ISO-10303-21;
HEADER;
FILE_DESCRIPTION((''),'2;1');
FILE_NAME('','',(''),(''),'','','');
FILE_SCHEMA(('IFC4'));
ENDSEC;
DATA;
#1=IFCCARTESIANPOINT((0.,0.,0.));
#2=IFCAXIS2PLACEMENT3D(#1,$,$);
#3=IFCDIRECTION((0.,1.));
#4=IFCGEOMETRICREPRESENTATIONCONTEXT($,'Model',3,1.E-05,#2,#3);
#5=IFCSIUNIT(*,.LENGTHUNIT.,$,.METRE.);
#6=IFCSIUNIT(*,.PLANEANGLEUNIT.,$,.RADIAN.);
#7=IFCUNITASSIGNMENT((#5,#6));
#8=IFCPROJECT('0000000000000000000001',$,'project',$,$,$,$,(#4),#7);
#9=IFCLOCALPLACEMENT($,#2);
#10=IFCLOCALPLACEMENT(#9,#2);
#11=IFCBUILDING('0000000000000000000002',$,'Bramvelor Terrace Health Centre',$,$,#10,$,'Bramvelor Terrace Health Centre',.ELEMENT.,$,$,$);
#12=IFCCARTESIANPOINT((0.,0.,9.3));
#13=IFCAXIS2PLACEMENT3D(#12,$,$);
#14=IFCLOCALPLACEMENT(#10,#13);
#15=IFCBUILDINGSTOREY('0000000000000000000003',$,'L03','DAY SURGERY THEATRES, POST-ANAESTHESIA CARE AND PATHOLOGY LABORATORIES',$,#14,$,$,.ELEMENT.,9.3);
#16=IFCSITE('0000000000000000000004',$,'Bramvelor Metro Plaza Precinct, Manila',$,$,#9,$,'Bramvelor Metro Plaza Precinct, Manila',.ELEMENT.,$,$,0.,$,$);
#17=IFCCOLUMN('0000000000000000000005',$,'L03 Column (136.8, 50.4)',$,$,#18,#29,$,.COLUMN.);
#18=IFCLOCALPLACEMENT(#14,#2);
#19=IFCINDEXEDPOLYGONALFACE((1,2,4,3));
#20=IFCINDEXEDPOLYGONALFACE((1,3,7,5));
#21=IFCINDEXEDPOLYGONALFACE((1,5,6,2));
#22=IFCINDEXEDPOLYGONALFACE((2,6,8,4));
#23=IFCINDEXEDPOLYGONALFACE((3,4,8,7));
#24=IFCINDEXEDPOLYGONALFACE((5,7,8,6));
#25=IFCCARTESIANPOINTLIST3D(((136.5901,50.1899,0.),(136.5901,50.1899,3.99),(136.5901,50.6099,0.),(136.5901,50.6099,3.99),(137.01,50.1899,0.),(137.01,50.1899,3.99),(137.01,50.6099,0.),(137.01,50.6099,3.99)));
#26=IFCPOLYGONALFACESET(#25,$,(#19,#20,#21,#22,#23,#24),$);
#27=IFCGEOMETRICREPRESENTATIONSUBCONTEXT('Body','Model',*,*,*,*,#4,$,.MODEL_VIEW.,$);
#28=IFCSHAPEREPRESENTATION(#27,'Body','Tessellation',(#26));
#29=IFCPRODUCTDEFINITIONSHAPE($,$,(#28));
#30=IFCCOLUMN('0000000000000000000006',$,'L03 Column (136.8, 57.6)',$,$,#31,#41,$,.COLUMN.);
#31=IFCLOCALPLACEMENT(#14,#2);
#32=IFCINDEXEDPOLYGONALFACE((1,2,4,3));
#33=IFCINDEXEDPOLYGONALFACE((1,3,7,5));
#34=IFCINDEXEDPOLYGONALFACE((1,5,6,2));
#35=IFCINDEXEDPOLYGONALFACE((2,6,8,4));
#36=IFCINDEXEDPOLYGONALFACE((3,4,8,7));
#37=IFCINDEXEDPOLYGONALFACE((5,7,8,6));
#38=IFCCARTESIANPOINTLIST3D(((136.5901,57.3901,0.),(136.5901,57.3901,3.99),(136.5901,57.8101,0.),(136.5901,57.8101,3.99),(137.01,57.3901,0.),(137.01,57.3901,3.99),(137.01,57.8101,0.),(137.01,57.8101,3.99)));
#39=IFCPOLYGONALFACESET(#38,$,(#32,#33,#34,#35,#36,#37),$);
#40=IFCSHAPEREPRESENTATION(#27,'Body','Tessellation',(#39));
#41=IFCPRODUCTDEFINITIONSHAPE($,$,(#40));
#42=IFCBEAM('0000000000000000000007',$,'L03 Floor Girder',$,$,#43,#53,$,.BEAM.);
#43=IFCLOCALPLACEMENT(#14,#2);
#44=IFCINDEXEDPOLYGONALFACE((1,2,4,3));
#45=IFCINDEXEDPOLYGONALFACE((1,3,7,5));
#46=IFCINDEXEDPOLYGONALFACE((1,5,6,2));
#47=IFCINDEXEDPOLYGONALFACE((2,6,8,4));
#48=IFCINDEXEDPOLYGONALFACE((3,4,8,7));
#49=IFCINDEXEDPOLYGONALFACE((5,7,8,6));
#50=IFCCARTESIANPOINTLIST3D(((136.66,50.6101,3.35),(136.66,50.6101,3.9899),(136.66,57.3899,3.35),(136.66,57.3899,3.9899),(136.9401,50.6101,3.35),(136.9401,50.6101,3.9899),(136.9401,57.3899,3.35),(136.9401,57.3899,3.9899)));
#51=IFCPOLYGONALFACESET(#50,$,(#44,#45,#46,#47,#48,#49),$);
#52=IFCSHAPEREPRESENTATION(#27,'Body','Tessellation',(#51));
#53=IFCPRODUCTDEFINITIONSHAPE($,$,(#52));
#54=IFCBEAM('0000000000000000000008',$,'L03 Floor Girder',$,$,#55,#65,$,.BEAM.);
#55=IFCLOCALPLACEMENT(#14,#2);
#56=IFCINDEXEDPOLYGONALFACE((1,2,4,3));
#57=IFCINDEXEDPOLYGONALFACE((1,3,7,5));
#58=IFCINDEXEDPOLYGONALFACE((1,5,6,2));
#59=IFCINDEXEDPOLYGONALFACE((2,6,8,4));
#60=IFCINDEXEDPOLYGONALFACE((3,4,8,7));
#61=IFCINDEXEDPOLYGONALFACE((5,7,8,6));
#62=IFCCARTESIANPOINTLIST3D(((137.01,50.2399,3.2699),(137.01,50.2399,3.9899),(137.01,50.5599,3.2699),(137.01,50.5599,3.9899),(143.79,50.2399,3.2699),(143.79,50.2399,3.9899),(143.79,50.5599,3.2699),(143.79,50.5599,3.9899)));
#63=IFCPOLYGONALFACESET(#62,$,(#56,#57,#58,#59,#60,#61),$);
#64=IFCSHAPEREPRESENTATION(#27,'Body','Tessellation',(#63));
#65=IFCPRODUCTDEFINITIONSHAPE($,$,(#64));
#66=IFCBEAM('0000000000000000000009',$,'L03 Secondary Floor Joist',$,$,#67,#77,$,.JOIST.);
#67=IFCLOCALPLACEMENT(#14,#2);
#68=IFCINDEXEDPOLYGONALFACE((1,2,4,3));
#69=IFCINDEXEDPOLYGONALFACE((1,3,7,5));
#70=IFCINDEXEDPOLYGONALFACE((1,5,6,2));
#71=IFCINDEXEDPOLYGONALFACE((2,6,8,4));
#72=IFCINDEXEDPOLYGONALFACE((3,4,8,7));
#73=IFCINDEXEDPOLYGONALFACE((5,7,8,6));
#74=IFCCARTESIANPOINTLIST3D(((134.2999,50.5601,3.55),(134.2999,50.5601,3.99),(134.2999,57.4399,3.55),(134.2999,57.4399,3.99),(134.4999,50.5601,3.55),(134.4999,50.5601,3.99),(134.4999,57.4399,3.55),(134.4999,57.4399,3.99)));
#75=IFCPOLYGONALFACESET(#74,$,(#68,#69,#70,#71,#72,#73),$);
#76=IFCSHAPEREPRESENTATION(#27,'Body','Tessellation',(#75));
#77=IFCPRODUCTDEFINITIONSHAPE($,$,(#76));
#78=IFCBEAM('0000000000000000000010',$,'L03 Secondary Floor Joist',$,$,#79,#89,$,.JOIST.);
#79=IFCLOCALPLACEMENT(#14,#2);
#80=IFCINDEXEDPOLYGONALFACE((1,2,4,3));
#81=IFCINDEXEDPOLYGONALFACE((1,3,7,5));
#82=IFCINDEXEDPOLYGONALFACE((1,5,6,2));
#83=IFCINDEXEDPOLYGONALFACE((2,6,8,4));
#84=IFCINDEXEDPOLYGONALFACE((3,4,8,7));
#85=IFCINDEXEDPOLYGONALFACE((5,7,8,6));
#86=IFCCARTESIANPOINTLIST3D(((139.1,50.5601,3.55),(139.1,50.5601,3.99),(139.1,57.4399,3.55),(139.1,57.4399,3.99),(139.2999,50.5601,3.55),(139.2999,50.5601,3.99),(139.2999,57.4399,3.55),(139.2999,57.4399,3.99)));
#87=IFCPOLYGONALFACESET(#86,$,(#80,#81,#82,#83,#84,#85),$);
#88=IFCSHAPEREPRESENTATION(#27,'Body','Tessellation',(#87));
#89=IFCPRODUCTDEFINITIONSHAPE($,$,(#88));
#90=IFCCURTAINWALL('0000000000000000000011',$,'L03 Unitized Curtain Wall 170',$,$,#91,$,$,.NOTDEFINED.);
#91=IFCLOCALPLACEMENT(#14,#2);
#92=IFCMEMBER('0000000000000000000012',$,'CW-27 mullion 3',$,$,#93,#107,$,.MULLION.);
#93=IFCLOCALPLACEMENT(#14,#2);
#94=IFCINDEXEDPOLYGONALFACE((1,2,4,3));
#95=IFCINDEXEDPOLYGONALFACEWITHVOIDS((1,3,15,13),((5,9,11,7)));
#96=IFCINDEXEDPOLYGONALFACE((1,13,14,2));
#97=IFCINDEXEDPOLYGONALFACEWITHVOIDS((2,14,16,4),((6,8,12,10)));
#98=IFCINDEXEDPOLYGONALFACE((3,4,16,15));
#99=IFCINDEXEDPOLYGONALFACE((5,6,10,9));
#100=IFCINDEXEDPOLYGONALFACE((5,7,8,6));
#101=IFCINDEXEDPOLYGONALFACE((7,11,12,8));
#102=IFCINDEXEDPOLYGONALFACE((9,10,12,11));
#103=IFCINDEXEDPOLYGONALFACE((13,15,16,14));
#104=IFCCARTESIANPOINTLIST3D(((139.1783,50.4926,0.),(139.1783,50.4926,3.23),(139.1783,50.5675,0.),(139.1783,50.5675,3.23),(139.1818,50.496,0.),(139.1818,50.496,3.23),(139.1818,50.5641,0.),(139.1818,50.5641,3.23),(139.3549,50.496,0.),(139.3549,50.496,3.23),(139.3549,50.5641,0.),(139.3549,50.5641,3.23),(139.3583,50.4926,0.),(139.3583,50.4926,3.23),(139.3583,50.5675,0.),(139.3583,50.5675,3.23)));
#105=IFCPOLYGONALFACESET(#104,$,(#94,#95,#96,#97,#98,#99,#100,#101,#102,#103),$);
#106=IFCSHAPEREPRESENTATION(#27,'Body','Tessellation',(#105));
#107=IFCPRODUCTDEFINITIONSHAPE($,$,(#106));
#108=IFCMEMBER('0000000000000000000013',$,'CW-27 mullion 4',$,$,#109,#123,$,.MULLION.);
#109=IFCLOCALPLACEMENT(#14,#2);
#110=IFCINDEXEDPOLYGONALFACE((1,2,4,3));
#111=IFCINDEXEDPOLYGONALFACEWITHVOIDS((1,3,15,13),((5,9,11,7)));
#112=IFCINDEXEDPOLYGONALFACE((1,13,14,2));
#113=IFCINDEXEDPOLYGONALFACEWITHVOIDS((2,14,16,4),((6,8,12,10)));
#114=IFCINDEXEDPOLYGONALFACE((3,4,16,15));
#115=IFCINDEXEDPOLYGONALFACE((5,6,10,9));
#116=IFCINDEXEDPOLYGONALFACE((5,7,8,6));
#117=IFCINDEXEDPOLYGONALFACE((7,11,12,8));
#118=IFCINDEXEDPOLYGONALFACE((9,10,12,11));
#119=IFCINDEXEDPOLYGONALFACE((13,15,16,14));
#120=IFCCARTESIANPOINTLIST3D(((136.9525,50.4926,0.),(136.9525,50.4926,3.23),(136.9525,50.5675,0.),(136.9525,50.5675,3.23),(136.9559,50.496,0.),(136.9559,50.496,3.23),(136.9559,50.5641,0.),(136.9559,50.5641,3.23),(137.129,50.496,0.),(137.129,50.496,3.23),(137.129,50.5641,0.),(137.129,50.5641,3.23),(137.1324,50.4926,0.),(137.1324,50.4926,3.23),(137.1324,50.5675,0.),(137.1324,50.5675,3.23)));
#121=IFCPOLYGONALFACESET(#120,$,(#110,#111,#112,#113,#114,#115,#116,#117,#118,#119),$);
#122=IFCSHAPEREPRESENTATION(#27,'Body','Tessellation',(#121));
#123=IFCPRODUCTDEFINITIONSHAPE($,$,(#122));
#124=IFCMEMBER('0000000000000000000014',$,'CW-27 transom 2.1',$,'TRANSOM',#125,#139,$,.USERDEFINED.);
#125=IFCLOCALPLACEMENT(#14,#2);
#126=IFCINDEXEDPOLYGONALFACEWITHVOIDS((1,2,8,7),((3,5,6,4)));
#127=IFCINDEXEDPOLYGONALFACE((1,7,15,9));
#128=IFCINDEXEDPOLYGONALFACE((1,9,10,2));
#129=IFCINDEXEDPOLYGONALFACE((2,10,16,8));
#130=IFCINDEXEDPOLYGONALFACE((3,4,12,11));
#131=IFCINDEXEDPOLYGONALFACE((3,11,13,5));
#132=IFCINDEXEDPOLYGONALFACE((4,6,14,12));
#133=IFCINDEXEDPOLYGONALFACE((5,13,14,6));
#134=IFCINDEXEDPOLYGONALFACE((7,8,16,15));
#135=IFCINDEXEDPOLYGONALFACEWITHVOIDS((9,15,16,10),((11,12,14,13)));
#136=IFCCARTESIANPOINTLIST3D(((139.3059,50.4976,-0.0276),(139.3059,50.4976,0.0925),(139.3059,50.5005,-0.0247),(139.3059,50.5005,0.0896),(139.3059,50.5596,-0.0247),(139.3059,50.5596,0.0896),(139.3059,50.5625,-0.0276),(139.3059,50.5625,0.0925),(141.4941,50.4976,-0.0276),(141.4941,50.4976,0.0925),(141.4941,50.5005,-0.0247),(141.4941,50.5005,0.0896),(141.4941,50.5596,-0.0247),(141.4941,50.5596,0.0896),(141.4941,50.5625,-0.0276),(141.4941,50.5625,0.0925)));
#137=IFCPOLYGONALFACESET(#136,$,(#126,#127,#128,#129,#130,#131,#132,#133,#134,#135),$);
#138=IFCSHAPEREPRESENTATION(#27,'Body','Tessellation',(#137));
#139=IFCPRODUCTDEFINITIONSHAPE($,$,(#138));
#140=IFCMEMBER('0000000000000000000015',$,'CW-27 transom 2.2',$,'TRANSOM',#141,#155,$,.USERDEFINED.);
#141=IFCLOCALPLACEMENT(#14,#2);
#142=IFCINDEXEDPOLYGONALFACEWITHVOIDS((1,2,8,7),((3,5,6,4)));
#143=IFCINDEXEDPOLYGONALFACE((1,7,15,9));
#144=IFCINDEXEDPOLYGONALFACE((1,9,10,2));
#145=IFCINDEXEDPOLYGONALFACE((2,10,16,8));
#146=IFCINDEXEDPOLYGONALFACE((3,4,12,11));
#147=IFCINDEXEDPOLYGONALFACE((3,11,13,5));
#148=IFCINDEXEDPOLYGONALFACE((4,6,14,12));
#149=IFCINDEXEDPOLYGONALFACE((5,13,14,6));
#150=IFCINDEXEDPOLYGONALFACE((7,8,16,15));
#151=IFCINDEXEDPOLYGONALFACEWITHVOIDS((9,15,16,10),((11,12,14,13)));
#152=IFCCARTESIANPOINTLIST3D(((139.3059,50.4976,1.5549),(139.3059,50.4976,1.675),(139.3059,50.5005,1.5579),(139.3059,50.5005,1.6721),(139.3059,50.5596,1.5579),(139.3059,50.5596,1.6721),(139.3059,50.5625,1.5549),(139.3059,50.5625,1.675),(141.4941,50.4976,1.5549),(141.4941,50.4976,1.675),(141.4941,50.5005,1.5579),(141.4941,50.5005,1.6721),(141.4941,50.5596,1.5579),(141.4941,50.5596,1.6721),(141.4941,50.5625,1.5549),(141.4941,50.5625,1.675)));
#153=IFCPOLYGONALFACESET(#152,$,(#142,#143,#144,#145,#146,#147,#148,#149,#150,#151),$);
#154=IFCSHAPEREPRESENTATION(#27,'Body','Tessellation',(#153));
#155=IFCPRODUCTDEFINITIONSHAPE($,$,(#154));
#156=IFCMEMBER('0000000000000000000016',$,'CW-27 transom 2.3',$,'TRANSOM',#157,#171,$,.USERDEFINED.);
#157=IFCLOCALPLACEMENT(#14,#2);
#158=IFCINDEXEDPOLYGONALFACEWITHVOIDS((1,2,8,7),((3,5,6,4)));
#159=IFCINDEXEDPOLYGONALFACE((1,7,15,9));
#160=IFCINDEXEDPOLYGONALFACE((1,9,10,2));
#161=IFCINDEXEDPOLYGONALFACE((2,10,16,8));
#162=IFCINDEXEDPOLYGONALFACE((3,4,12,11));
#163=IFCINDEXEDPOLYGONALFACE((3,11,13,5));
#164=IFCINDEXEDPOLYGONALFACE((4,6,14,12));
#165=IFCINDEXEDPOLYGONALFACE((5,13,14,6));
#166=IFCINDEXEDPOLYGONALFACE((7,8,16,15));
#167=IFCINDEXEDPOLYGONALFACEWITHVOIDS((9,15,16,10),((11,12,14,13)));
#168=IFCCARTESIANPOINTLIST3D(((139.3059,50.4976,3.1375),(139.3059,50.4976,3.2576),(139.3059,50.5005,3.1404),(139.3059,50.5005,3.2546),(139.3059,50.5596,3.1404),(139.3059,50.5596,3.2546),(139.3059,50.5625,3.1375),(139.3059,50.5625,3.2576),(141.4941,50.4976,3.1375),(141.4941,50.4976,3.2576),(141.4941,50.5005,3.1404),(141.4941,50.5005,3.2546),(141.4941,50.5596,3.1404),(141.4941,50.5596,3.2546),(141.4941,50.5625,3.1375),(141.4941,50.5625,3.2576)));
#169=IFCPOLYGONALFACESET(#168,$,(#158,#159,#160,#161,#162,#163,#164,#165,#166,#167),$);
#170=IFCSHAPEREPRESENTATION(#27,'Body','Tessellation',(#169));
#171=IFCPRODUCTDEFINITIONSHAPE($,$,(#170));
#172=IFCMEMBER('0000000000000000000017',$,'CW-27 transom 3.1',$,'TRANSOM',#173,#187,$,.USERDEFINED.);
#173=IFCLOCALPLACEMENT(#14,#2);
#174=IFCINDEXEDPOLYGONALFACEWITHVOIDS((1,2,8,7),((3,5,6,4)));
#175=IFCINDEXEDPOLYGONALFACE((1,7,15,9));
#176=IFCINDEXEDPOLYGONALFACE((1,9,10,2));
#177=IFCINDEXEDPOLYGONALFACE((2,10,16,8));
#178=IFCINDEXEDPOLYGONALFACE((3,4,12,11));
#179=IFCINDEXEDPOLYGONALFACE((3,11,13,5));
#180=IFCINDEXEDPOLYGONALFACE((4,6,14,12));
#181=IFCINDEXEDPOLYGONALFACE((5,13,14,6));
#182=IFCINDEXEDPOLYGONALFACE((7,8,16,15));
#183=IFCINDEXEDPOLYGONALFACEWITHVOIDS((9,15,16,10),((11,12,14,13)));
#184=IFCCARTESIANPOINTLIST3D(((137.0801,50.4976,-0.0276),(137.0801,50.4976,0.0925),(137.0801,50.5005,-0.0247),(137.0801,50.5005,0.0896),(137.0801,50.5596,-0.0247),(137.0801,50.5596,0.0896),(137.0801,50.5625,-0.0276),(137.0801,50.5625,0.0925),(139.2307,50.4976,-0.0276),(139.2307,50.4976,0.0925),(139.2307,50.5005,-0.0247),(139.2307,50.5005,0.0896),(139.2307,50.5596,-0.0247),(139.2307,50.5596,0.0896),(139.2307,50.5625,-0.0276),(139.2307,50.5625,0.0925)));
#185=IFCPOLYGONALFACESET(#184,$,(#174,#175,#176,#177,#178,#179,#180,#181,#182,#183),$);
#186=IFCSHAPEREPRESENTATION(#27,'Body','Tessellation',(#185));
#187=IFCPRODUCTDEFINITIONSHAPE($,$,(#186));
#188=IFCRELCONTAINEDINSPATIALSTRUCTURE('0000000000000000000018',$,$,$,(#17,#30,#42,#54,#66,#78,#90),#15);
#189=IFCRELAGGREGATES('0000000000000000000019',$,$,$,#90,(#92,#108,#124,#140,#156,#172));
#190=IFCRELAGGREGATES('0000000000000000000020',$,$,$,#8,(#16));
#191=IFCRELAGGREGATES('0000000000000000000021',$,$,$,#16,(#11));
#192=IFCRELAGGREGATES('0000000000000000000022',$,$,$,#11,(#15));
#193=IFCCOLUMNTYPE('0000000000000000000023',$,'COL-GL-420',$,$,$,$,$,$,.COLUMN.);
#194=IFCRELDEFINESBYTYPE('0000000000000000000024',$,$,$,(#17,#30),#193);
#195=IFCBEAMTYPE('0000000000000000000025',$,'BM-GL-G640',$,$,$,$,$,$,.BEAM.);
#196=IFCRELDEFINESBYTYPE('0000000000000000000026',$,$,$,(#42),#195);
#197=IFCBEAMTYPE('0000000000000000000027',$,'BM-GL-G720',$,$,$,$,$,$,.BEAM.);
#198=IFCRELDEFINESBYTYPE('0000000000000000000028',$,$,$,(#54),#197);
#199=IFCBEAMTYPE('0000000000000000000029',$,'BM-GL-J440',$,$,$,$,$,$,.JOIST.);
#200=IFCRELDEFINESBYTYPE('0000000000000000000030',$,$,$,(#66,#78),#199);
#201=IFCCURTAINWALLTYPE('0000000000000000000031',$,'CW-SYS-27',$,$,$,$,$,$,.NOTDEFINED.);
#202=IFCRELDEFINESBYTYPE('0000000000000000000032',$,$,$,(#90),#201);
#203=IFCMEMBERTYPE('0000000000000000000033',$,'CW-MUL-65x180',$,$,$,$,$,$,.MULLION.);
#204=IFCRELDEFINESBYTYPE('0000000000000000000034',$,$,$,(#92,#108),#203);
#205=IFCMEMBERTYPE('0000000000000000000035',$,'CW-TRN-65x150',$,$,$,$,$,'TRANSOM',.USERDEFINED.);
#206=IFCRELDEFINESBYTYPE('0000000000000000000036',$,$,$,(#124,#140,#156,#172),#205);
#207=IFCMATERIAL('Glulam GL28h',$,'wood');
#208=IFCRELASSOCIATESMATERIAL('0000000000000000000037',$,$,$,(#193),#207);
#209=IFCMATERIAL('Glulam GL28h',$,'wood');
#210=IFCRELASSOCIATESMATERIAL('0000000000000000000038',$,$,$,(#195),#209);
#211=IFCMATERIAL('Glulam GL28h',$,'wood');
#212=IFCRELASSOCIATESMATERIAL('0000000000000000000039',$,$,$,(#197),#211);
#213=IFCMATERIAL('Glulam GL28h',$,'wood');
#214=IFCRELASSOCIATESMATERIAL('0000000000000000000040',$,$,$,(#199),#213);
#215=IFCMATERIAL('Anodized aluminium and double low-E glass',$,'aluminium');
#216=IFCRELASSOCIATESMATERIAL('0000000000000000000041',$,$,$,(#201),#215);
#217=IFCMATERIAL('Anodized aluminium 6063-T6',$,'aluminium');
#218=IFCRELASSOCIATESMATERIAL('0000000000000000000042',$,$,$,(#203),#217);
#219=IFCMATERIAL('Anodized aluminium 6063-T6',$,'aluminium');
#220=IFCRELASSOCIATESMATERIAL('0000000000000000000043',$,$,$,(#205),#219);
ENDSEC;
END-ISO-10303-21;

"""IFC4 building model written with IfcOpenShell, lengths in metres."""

from ifc_helpers import new_model, si_unit, direction, frame, origin, origin_2d, place, context, subcontext, project, spatial, rectangle, hollow_rectangle, extrude, material, material_profile, profile_set, type_object, element, aggregate, save


model = new_model("IFC4")

# Units and contexts
model_context = context("Model", 3, precision=1e-05, world=origin(), true_north=direction((0.0, 1.0)))
body_context = subcontext(model_context, "Body", "Model", "MODEL_VIEW")
ifc_project = project(units=[si_unit("LENGTHUNIT", "METRE"), si_unit("PLANEANGLEUNIT", "RADIAN")], contexts=[model_context])

# Site, building, storey
site_placement = place(None, origin())
site = spatial("IfcSite", under=ifc_project, at=site_placement, Name="Bramvelor Metro Plaza Precinct, Manila", LongName="Bramvelor Metro Plaza Precinct, Manila", CompositionType="ELEMENT", RefElevation=0.0)
building_placement = place(site_placement, origin())
building = spatial("IfcBuilding", under=site, at=building_placement, Name="Bramvelor Terrace Health Centre", LongName="Bramvelor Terrace Health Centre", CompositionType="ELEMENT")
storey_placement = place(building_placement, frame((0.0, 0.0, 9.3)))
storey = spatial("IfcBuildingStorey", under=building, at=storey_placement, Name="L03", Description="DAY SURGERY THEATRES, POST-ANAESTHESIA CARE AND PATHOLOGY LABORATORIES", CompositionType="ELEMENT", Elevation=9.3)

# Columns
ifc_material_1 = material(Name="Glulam GL28h", Category="wood")
ifc_material_profile_1 = material_profile(ifc_material_1, rectangle(XDim=0.4199, YDim=0.4199, at=origin_2d()), Name="GL 420x420")
ifc_profile_set_1 = profile_set([ifc_material_profile_1], Name="Glulam GL28h")
column_type = type_object("IfcColumnType", Name="COL-GL-420", PredefinedType="COLUMN", material=ifc_profile_set_1)
for number, where, z_axis, x_axis, name in (
    (1, (136.8, 50.3999, 0.0), (0.0, 0.0, 1.0), (1.0, 0.0, 0.0), "L03 Column (136.8, 50.4)"),
    (2, (136.8, 57.6001, 0.0), (0.0, 0.0, 1.0), (1.0, 0.0, 0.0), "L03 Column (136.8, 57.6)"),
):
    element("IfcColumn", number, at=place(storey_placement, frame(where, z_axis=z_axis, x_axis=x_axis)), inside=storey, type_object=column_type, Name=name, PredefinedType="COLUMN", context=body_context, shape_type="SweptSolid", body=[
        extrude(rectangle(XDim=0.4199, YDim=0.4199, at=origin_2d()), origin(), (0.0, 0.0, 1.0), 3.99),
    ])

# Beams
ifc_material_2 = material(Name="Glulam GL28h", Category="wood")
ifc_material_profile_2 = material_profile(ifc_material_2, rectangle(XDim=0.28, YDim=0.6399, at=origin_2d()), Name="GL 280x640")
ifc_profile_set_2 = profile_set([ifc_material_profile_2], Name="Glulam GL28h")
beam_type_1 = type_object("IfcBeamType", Name="BM-GL-G640", PredefinedType="BEAM", material=ifc_profile_set_2)
beam_1_placement = place(storey_placement, frame((136.8, 50.6101, 3.6699), z_axis=(0.0, 1.0, 0.0), x_axis=(-1.0, 0.0, 0.0)))
element("IfcBeam", 3, at=beam_1_placement, inside=storey, type_object=beam_type_1, Name="L03 Floor Girder", PredefinedType="BEAM", context=body_context, shape_type="SweptSolid", body=[
    extrude(rectangle(XDim=0.28, YDim=0.6399, at=origin_2d()), origin(), (0.0, 0.0, 1.0), 6.7798),
])
ifc_material_3 = material(Name="Glulam GL28h", Category="wood")
ifc_material_profile_3 = material_profile(ifc_material_3, rectangle(XDim=0.3201, YDim=0.72, at=origin_2d()), Name="GL 320x720")
ifc_profile_set_3 = profile_set([ifc_material_profile_3], Name="Glulam GL28h")
beam_type_2 = type_object("IfcBeamType", Name="BM-GL-G720", PredefinedType="BEAM", material=ifc_profile_set_3)
beam_2_placement = place(storey_placement, frame((137.01, 50.3999, 3.6299), z_axis=(1.0, 0.0, 0.0), x_axis=(0.0, 1.0, 0.0)))
element("IfcBeam", 4, at=beam_2_placement, inside=storey, type_object=beam_type_2, Name="L03 Floor Girder", PredefinedType="BEAM", context=body_context, shape_type="SweptSolid", body=[
    extrude(rectangle(XDim=0.3201, YDim=0.72, at=origin_2d()), origin(), (0.0, 0.0, 1.0), 6.78),
])
ifc_material_4 = material(Name="Glulam GL28h", Category="wood")
ifc_material_profile_4 = material_profile(ifc_material_4, rectangle(XDim=0.2, YDim=0.4399, at=origin_2d()), Name="GL 200x440")
ifc_profile_set_4 = profile_set([ifc_material_profile_4], Name="Glulam GL28h")
beam_type_3 = type_object("IfcBeamType", Name="BM-GL-J440", PredefinedType="JOIST", material=ifc_profile_set_4)
for number, where, z_axis, x_axis, name in (
    (5, (134.3999, 50.5601, 3.77), (0.0, 1.0, 0.0), (-1.0, 0.0, 0.0), "L03 Secondary Floor Joist"),
    (6, (139.2, 50.5601, 3.77), (0.0, 1.0, 0.0), (-1.0, 0.0, 0.0), "L03 Secondary Floor Joist"),
):
    element("IfcBeam", number, at=place(storey_placement, frame(where, z_axis=z_axis, x_axis=x_axis)), inside=storey, type_object=beam_type_3, Name=name, PredefinedType="JOIST", context=body_context, shape_type="SweptSolid", body=[
        extrude(rectangle(XDim=0.2, YDim=0.4399, at=origin_2d()), origin(), (0.0, 0.0, 1.0), 6.8799),
    ])

# Curtain wall, members
ifc_material_5 = material(Name="Anodized aluminium and double low-E glass", Category="aluminium")
curtain_wall_type = type_object("IfcCurtainWallType", Name="CW-SYS-27", PredefinedType="NOTDEFINED", material=ifc_material_5)
curtain_wall_placement = place(storey_placement, origin())
curtain_wall = element("IfcCurtainWall", 7, at=curtain_wall_placement, inside=storey, type_object=curtain_wall_type, Name="L03 Unitized Curtain Wall 170", PredefinedType="NOTDEFINED")
ifc_material_6 = material(Name="Anodized aluminium 6063-T6", Category="aluminium")
ifc_material_profile_5 = material_profile(ifc_material_6, hollow_rectangle(XDim=0.075, YDim=0.1799, WallThickness=0.0034, at=origin_2d()), Name="ALU-MUL 75x180x3.5")
ifc_profile_set_5 = profile_set([ifc_material_profile_5], Name="Anodized aluminium 6063-T6")
member_type_1 = type_object("IfcMemberType", Name="CW-MUL-65x180", PredefinedType="MULLION", material=ifc_profile_set_5)
member_1_placement = place(storey_placement, frame((139.2683, 50.53, 0.0), z_axis=(0.0, 0.0, 1.0), x_axis=(0.0, -1.0, 0.0)))
member_1 = element("IfcMember", 8, at=member_1_placement, type_object=member_type_1, Name="CW-27 mullion 3", PredefinedType="MULLION", context=body_context, shape_type="SweptSolid", body=[
    extrude(hollow_rectangle(XDim=0.075, YDim=0.1799, WallThickness=0.0034, at=origin_2d()), origin(), (0.0, 0.0, 1.0), 3.23),
])
member_2_placement = place(storey_placement, frame((137.0425, 50.53, 0.0), z_axis=(0.0, 0.0, 1.0), x_axis=(0.0, -1.0, 0.0)))
member_2 = element("IfcMember", 9, at=member_2_placement, type_object=member_type_1, Name="CW-27 mullion 4", PredefinedType="MULLION", context=body_context, shape_type="SweptSolid", body=[
    extrude(hollow_rectangle(XDim=0.075, YDim=0.1799, WallThickness=0.0034, at=origin_2d()), origin(), (0.0, 0.0, 1.0), 3.23),
])
ifc_material_7 = material(Name="Anodized aluminium 6063-T6", Category="aluminium")
ifc_material_profile_6 = material_profile(ifc_material_7, hollow_rectangle(XDim=0.0649, YDim=0.1201, WallThickness=0.0029, at=origin_2d()), Name="ALU-TRN 65x120x3.0")
ifc_profile_set_6 = profile_set([ifc_material_profile_6], Name="Anodized aluminium 6063-T6")
member_type_2 = type_object("IfcMemberType", Name="CW-TRN-65x150", ElementType="TRANSOM", PredefinedType="USERDEFINED", material=ifc_profile_set_6)
member_3_placement = place(storey_placement, frame((141.4941, 50.53, 0.0325), z_axis=(-1.0, 0.0, 0.0), x_axis=(0.0, -1.0, 0.0)))
member_3 = element("IfcMember", 10, at=member_3_placement, type_object=member_type_2, Name="CW-27 transom 2.1", ObjectType="TRANSOM", PredefinedType="USERDEFINED", context=body_context, shape_type="SweptSolid", body=[
    extrude(hollow_rectangle(XDim=0.0649, YDim=0.1201, WallThickness=0.0029, at=origin_2d()), origin(), (0.0, 0.0, 1.0), 2.1882),
])
member_4_placement = place(storey_placement, frame((141.4941, 50.53, 1.615), z_axis=(-1.0, 0.0, 0.0), x_axis=(0.0, -1.0, 0.0)))
member_4 = element("IfcMember", 11, at=member_4_placement, type_object=member_type_2, Name="CW-27 transom 2.2", ObjectType="TRANSOM", PredefinedType="USERDEFINED", context=body_context, shape_type="SweptSolid", body=[
    extrude(hollow_rectangle(XDim=0.0649, YDim=0.1201, WallThickness=0.0029, at=origin_2d()), origin(), (0.0, 0.0, 1.0), 2.1882),
])
member_5_placement = place(storey_placement, frame((141.4941, 50.53, 3.1975), z_axis=(-1.0, 0.0, 0.0), x_axis=(0.0, -1.0, 0.0)))
member_5 = element("IfcMember", 12, at=member_5_placement, type_object=member_type_2, Name="CW-27 transom 2.3", ObjectType="TRANSOM", PredefinedType="USERDEFINED", context=body_context, shape_type="SweptSolid", body=[
    extrude(hollow_rectangle(XDim=0.0649, YDim=0.1201, WallThickness=0.0029, at=origin_2d()), origin(), (0.0, 0.0, 1.0), 2.1882),
])
member_6_placement = place(storey_placement, frame((139.2307, 50.53, 0.0325), z_axis=(-1.0, 0.0, 0.0), x_axis=(0.0, -1.0, 0.0)))
member_6 = element("IfcMember", 13, at=member_6_placement, type_object=member_type_2, Name="CW-27 transom 3.1", ObjectType="TRANSOM", PredefinedType="USERDEFINED", context=body_context, shape_type="SweptSolid", body=[
    extrude(hollow_rectangle(XDim=0.0649, YDim=0.1201, WallThickness=0.0029, at=origin_2d()), origin(), (0.0, 0.0, 1.0), 2.1506),
])
aggregate(curtain_wall, [member_1, member_2, member_3, member_4, member_5, member_6])

save(model, "model.ifc")
